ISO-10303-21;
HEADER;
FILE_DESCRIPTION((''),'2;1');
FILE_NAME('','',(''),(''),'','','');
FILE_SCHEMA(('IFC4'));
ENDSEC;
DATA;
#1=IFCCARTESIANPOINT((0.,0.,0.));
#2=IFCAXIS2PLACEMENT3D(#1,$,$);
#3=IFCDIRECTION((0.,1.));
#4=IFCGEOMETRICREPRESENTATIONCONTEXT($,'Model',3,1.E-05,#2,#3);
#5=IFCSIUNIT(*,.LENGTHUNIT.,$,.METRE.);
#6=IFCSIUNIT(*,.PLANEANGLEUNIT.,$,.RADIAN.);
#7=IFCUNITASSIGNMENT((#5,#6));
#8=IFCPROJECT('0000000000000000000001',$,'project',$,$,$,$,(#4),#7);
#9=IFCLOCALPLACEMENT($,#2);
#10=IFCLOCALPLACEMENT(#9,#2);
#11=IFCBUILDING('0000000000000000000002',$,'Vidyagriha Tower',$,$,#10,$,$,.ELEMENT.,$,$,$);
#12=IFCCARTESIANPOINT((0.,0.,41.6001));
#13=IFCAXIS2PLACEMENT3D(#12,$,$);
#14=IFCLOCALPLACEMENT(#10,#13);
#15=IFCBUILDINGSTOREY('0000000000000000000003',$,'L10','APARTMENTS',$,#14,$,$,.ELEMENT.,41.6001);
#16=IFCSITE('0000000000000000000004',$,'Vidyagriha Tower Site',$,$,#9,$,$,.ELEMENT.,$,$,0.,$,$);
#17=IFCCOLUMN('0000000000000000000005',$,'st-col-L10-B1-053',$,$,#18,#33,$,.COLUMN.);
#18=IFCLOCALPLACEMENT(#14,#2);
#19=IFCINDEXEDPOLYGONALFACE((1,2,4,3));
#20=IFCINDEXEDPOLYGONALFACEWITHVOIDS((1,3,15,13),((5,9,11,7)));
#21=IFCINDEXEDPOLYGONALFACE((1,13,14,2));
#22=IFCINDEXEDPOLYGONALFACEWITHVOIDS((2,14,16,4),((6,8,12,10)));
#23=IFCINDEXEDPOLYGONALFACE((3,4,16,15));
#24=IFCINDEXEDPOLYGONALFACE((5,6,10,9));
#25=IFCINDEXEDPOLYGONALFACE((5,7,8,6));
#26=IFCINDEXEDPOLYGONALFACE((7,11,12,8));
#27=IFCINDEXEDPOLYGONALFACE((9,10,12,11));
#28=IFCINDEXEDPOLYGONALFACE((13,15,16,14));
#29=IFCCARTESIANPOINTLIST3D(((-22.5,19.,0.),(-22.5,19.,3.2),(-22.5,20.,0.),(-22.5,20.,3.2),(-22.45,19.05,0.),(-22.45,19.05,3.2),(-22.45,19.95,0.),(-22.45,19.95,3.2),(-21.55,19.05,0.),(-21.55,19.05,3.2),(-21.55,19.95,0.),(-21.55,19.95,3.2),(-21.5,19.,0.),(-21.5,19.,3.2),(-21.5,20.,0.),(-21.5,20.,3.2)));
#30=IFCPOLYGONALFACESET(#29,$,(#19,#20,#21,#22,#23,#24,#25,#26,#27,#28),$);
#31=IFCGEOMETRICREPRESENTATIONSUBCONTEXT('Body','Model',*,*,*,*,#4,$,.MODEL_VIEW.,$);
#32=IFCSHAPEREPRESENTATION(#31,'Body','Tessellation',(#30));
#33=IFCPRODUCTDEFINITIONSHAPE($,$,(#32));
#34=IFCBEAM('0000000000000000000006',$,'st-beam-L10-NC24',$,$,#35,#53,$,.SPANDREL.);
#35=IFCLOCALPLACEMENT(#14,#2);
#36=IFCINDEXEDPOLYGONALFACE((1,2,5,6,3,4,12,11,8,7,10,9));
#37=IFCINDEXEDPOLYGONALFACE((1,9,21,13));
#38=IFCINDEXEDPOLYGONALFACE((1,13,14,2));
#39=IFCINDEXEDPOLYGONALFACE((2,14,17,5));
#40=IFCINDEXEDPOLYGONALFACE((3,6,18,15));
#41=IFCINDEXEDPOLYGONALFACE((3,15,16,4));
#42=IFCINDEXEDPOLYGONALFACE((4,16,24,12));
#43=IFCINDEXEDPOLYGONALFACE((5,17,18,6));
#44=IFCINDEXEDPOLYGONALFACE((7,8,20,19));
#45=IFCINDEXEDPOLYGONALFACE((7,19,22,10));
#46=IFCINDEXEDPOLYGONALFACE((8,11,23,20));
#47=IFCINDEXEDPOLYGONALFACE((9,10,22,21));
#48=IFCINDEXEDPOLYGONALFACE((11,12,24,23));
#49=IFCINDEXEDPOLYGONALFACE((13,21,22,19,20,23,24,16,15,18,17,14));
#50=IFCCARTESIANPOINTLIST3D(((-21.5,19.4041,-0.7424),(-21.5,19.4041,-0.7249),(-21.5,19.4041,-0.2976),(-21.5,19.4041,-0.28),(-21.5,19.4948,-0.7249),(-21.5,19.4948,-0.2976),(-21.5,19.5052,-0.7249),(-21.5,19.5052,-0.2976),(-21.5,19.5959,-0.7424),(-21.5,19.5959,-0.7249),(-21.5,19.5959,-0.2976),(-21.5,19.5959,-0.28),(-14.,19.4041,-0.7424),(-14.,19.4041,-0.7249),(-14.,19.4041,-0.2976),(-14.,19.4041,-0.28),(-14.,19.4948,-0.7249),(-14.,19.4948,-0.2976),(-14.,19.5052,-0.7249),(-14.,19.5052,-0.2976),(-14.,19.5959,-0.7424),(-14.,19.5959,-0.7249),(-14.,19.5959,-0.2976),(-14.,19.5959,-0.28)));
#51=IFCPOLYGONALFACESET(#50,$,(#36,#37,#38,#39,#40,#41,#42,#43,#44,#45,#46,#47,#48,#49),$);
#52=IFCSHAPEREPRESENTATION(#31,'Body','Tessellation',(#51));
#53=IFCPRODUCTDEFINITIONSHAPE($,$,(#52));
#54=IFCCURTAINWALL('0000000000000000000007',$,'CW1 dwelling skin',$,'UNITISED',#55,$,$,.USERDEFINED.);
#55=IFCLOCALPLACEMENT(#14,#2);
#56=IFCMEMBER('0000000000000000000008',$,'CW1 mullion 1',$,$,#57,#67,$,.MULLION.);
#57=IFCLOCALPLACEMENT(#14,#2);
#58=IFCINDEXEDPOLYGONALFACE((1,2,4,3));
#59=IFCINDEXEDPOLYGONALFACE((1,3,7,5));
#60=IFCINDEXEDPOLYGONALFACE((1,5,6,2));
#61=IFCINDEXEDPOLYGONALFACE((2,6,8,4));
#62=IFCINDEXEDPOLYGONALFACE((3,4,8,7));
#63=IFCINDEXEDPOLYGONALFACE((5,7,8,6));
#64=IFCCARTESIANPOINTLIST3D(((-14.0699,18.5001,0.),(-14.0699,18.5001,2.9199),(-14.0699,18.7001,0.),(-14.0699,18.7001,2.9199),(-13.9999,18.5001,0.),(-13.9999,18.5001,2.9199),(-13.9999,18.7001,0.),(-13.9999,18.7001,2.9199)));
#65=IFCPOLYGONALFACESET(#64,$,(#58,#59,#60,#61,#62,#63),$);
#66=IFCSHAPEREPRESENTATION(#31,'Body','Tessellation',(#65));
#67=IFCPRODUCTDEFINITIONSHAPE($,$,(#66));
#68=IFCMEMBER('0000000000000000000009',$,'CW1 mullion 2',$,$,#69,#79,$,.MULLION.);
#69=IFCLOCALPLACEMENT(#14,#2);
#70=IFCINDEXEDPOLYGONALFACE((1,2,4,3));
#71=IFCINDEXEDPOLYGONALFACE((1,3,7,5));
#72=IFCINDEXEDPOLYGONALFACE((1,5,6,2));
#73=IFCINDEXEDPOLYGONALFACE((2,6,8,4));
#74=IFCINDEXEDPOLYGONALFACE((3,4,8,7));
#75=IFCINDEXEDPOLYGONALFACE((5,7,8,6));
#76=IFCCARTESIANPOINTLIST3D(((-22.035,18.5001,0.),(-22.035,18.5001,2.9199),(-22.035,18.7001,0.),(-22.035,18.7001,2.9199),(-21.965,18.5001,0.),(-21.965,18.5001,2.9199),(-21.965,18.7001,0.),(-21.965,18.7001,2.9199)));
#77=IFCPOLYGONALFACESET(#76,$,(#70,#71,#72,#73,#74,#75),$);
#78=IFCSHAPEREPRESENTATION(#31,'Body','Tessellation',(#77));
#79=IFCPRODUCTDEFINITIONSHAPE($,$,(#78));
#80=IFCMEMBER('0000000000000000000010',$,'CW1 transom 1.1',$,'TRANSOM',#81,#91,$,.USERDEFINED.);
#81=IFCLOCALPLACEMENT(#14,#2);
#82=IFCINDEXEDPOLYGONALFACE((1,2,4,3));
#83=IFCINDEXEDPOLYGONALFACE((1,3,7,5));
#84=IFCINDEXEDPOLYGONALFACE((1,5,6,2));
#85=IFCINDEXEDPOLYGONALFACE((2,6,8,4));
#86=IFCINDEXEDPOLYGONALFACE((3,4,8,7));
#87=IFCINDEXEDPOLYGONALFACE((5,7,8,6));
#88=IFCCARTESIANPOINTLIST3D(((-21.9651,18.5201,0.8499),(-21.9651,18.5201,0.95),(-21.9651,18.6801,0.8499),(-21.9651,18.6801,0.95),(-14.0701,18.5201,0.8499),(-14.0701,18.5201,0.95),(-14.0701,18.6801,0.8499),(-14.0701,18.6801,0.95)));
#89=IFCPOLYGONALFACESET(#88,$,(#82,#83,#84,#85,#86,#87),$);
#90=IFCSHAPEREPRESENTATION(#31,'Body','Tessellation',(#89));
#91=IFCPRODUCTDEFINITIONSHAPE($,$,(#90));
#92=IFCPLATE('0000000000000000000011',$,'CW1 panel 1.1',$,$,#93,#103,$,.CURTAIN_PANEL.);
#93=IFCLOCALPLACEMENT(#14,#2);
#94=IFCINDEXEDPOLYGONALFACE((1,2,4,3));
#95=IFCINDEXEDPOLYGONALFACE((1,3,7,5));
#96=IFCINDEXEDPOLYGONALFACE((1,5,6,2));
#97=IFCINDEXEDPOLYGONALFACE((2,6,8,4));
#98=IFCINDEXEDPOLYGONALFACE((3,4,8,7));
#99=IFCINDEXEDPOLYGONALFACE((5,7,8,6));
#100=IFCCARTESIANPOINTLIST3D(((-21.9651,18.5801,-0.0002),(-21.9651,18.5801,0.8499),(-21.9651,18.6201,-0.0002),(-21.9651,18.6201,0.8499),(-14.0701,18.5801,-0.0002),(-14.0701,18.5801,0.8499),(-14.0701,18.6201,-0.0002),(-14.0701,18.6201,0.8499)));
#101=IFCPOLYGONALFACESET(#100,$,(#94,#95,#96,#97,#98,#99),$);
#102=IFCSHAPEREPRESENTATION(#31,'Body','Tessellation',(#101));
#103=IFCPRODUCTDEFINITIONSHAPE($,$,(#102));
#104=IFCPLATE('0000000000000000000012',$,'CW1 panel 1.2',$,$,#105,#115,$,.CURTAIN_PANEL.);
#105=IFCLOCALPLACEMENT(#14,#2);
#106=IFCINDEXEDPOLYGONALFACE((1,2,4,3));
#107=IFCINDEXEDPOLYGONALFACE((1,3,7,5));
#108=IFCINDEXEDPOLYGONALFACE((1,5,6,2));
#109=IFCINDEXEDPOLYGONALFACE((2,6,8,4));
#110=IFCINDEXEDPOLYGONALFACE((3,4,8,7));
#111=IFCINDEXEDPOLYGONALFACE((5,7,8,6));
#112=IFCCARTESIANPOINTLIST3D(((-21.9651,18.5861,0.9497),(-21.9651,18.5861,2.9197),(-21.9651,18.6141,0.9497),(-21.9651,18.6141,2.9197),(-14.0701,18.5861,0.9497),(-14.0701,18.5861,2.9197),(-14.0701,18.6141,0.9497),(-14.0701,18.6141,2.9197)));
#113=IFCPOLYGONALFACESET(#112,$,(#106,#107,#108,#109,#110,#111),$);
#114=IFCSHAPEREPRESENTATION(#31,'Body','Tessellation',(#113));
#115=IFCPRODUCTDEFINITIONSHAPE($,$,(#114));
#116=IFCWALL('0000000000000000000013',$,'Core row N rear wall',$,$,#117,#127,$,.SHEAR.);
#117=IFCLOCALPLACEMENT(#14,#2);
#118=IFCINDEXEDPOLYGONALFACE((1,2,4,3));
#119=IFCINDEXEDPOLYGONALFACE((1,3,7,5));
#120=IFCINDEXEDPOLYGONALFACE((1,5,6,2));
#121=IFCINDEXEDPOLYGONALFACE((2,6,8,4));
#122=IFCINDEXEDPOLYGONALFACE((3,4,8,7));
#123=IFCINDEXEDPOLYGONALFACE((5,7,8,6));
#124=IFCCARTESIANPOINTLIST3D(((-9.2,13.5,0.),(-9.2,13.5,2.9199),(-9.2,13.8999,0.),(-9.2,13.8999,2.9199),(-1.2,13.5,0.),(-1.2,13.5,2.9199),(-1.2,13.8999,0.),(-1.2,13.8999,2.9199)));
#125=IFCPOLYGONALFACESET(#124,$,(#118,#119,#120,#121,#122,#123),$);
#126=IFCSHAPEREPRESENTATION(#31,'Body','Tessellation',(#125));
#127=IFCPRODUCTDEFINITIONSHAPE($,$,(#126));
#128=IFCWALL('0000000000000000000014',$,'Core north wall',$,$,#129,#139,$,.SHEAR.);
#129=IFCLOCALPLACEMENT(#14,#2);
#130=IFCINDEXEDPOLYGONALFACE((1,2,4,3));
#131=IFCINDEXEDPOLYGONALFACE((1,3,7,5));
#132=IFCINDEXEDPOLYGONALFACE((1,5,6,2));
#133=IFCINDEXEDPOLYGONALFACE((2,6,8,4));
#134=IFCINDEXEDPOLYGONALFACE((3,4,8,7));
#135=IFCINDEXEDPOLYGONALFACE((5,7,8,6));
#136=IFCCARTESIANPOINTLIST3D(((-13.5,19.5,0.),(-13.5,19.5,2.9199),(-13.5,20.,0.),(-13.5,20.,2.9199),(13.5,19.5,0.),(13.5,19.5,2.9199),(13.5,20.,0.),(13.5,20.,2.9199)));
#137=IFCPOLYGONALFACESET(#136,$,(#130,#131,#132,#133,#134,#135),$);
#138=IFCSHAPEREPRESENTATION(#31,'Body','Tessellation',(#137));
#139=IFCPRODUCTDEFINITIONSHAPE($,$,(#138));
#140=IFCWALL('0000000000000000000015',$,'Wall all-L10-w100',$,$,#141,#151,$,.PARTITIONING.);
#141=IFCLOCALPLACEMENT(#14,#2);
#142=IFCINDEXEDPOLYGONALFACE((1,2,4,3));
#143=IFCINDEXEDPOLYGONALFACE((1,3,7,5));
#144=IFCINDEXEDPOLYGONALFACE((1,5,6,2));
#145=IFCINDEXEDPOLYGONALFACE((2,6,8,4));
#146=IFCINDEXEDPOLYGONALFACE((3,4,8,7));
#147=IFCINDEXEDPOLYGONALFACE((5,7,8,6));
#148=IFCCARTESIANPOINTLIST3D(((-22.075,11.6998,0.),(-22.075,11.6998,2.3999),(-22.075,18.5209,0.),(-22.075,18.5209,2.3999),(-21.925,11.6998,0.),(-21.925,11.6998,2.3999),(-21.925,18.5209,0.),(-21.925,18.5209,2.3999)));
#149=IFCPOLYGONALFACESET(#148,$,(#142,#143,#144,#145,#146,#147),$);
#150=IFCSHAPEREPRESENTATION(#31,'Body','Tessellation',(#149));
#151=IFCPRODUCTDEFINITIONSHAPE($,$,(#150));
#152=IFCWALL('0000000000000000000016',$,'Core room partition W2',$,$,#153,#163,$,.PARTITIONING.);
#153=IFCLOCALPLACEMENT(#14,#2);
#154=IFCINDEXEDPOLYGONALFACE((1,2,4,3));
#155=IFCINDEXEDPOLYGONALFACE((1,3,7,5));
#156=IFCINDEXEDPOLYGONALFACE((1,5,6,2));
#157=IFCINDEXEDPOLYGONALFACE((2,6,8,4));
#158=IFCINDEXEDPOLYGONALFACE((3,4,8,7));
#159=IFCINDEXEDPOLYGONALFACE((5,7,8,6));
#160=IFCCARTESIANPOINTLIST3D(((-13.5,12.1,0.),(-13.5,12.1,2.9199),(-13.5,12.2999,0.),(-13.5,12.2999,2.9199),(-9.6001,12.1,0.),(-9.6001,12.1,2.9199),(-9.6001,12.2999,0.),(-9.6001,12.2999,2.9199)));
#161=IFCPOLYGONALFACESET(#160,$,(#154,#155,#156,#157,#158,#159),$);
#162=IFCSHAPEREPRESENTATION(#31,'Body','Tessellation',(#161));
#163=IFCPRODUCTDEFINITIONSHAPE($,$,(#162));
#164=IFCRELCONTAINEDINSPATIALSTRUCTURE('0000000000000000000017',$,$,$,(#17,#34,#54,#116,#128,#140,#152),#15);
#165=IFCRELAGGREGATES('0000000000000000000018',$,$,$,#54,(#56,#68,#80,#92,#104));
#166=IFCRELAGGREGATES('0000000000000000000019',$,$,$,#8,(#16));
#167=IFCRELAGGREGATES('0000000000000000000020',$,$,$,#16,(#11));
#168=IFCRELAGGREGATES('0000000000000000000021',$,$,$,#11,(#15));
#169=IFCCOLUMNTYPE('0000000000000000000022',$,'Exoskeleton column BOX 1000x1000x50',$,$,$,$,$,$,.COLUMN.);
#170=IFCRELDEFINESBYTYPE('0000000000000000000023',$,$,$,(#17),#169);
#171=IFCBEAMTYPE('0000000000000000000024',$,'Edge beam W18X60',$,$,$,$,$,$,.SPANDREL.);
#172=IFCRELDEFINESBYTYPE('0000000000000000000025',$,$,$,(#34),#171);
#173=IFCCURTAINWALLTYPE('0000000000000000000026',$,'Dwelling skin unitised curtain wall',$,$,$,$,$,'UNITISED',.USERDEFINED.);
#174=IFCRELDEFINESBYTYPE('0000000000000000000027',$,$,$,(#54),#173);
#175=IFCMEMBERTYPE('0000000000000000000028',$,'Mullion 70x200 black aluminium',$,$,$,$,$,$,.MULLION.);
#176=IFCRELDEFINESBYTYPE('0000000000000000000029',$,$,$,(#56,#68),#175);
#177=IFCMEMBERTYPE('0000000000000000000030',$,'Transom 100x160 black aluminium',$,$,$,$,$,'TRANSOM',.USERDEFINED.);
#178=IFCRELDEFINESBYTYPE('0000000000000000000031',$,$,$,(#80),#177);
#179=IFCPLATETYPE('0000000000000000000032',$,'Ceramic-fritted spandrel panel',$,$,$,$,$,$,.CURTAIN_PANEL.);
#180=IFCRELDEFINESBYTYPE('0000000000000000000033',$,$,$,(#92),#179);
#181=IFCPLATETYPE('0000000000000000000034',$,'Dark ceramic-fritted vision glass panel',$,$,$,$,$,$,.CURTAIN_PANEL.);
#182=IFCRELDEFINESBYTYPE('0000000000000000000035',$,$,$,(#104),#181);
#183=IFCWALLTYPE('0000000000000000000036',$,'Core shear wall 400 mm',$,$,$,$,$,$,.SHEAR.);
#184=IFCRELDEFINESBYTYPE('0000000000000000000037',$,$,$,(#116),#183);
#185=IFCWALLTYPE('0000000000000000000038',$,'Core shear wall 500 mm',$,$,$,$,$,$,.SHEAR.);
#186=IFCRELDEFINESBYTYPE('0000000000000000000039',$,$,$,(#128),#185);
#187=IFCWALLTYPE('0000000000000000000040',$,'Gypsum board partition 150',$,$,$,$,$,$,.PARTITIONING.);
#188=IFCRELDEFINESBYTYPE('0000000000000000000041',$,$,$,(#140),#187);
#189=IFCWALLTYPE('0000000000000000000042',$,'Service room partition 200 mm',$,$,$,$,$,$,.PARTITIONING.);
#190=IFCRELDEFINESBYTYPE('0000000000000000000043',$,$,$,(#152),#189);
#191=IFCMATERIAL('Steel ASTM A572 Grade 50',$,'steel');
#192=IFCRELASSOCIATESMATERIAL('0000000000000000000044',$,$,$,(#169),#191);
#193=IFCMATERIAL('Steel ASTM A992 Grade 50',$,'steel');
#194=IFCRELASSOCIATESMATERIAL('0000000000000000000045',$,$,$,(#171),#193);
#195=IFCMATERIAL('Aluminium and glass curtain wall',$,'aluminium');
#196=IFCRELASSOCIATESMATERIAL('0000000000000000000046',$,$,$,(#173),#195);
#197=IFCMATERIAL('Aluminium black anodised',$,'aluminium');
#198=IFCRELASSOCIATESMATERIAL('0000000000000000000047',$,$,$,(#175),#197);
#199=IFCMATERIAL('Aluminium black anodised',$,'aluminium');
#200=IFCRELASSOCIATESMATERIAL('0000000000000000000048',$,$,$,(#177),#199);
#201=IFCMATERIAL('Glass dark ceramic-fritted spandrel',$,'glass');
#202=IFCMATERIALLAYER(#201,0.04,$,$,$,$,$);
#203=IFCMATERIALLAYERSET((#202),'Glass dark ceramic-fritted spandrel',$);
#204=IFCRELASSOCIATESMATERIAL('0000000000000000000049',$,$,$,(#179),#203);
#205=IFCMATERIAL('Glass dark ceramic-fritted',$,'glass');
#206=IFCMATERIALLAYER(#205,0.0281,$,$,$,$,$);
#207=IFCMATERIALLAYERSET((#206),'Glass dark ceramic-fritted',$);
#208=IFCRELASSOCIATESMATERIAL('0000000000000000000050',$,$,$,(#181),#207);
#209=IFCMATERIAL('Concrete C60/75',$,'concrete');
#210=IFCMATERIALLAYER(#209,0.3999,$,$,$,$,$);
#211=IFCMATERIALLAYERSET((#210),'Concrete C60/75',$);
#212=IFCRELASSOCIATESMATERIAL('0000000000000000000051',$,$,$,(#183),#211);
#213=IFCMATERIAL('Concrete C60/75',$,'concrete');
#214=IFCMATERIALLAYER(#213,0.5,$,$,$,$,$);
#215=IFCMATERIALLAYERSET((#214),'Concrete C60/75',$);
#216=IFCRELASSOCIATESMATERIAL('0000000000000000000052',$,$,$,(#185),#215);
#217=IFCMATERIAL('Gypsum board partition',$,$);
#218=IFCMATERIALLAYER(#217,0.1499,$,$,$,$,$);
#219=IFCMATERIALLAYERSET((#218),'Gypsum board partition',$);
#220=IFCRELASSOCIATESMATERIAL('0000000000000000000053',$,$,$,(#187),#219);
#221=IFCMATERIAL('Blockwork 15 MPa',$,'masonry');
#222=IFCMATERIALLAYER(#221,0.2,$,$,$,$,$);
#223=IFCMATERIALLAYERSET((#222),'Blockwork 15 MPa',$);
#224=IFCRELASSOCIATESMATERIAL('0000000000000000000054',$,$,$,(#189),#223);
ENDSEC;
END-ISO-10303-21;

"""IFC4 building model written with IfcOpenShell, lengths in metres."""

from ifc_helpers import new_model, si_unit, direction, frame, frame_2d, origin, origin_2d, place, context, subcontext, project, spatial, rectangle, hollow_rectangle, i_section, extrude, material, layer, layer_set, material_profile, profile_set, type_object, element, aggregate, save


model = new_model("IFC4")

# Units and contexts
model_context = context("Model", 3, precision=1e-05, world=origin(), true_north=direction((0.0, 1.0)))
body_context = subcontext(model_context, "Body", "Model", "MODEL_VIEW")
ifc_project = project(units=[si_unit("LENGTHUNIT", "METRE"), si_unit("PLANEANGLEUNIT", "RADIAN")], contexts=[model_context])

# Site, building, storey
site_placement = place(None, origin())
site = spatial("IfcSite", under=ifc_project, at=site_placement, Name="Vidyagriha Tower Site", CompositionType="ELEMENT", RefElevation=0.0)
building_placement = place(site_placement, origin())
building = spatial("IfcBuilding", under=site, at=building_placement, Name="Vidyagriha Tower", CompositionType="ELEMENT")
storey_placement = place(building_placement, frame((0.0, 0.0, 41.6001)))
storey = spatial("IfcBuildingStorey", under=building, at=storey_placement, Name="L10", Description="APARTMENTS", CompositionType="ELEMENT", Elevation=41.6001)

# Column
ifc_material_1 = material(Name="Steel ASTM A572 Grade 50", Category="steel")
ifc_material_profile_1 = material_profile(ifc_material_1, hollow_rectangle(XDim=1.0, YDim=1.0, WallThickness=0.05, at=origin_2d()), Name="BOX 1000x1000x50")
ifc_profile_set_1 = profile_set([ifc_material_profile_1], Name="Steel ASTM A572 Grade 50")
column_type = type_object("IfcColumnType", Name="Exoskeleton column BOX 1000x1000x50", PredefinedType="COLUMN", material=ifc_profile_set_1)
column_placement = place(storey_placement, frame((-22.0, 19.5, 0.0)))
element("IfcColumn", 1, at=column_placement, inside=storey, type_object=column_type, Name="st-col-L10-B1-053", PredefinedType="COLUMN", context=body_context, shape_type="SweptSolid", body=[
    extrude(hollow_rectangle(XDim=1.0, YDim=1.0, WallThickness=0.05, at=origin_2d()), origin(), (0.0, 0.0, 1.0), 3.2),
])

# Beam
ifc_material_2 = material(Name="Steel ASTM A992 Grade 50", Category="steel")
ifc_material_profile_2 = material_profile(ifc_material_2, i_section(OverallWidth=0.1919, OverallDepth=0.4624, WebThickness=0.0105, FlangeThickness=0.0176, at=origin_2d()), Name="W18X60")
ifc_profile_set_2 = profile_set([ifc_material_profile_2], Name="Steel ASTM A992 Grade 50")
beam_type = type_object("IfcBeamType", Name="Edge beam W18X60", PredefinedType="SPANDREL", material=ifc_profile_set_2)
beam_placement = place(storey_placement, frame((-21.5, 19.5, -0.5112), z_axis=(1.0, 0.0, 0.0), x_axis=(0.0, 1.0, 0.0)))
element("IfcBeam", 2, at=beam_placement, inside=storey, type_object=beam_type, Name="st-beam-L10-NC24", PredefinedType="SPANDREL", context=body_context, shape_type="SweptSolid", body=[
    extrude(i_section(OverallWidth=0.1919, OverallDepth=0.4624, WebThickness=0.0105, FlangeThickness=0.0176, at=origin_2d()), origin(), (0.0, 0.0, 1.0), 7.5),
])

# Curtain wall, members, plates
ifc_material_3 = material(Name="Aluminium and glass curtain wall", Category="aluminium")
curtain_wall_type = type_object("IfcCurtainWallType", Name="Dwelling skin unitised curtain wall", ElementType="UNITISED", PredefinedType="USERDEFINED", material=ifc_material_3)
curtain_wall_placement = place(storey_placement, origin())
curtain_wall = element("IfcCurtainWall", 3, at=curtain_wall_placement, inside=storey, type_object=curtain_wall_type, Name="CW1 dwelling skin", ObjectType="UNITISED", PredefinedType="USERDEFINED")
ifc_material_4 = material(Name="Aluminium black anodised", Category="aluminium")
ifc_material_profile_3 = material_profile(ifc_material_4, rectangle(XDim=0.2, YDim=0.0701, at=origin_2d()), Name="Mullion 70x200 black aluminium")
ifc_profile_set_3 = profile_set([ifc_material_profile_3], Name="Aluminium black anodised")
member_type_1 = type_object("IfcMemberType", Name="Mullion 70x200 black aluminium", PredefinedType="MULLION", material=ifc_profile_set_3)
member_1_placement = place(storey_placement, frame((-14.0349, 18.6001, 0.0), z_axis=(0.0, 0.0, 1.0), x_axis=(0.0, -1.0, 0.0)))
member_1 = element("IfcMember", 4, at=member_1_placement, type_object=member_type_1, Name="CW1 mullion 1", PredefinedType="MULLION", context=body_context, shape_type="SweptSolid", body=[
    extrude(rectangle(XDim=0.2, YDim=0.0701, at=origin_2d()), origin(), (0.0, 0.0, 1.0), 2.9199),
])
member_2_placement = place(storey_placement, frame((-22.0, 18.6001, 0.0), z_axis=(0.0, 0.0, 1.0), x_axis=(0.0, -1.0, 0.0)))
member_2 = element("IfcMember", 5, at=member_2_placement, type_object=member_type_1, Name="CW1 mullion 2", PredefinedType="MULLION", context=body_context, shape_type="SweptSolid", body=[
    extrude(rectangle(XDim=0.2, YDim=0.0701, at=origin_2d()), origin(), (0.0, 0.0, 1.0), 2.9199),
])
ifc_material_5 = material(Name="Aluminium black anodised", Category="aluminium")
ifc_material_profile_4 = material_profile(ifc_material_5, rectangle(XDim=0.1599, YDim=0.1001, at=origin_2d()), Name="Transom 100x160 black aluminium")
ifc_profile_set_4 = profile_set([ifc_material_profile_4], Name="Aluminium black anodised")
member_type_2 = type_object("IfcMemberType", Name="Transom 100x160 black aluminium", ElementType="TRANSOM", PredefinedType="USERDEFINED", material=ifc_profile_set_4)
member_3_placement = place(storey_placement, frame((-14.0701, 18.6001, 0.8999), z_axis=(-1.0, 0.0, 0.0), x_axis=(0.0, -1.0, 0.0)))
member_3 = element("IfcMember", 6, at=member_3_placement, type_object=member_type_2, Name="CW1 transom 1.1", ObjectType="TRANSOM", PredefinedType="USERDEFINED", context=body_context, shape_type="SweptSolid", body=[
    extrude(rectangle(XDim=0.1599, YDim=0.1001, at=origin_2d()), origin(), (0.0, 0.0, 1.0), 7.895),
])
ifc_material_6 = material(Name="Glass dark ceramic-fritted spandrel", Category="glass")
ifc_layer_1 = layer(ifc_material_6, 0.04)
ifc_layer_set_1 = layer_set([ifc_layer_1], Name="Glass dark ceramic-fritted spandrel")
plate_type_1 = type_object("IfcPlateType", Name="Ceramic-fritted spandrel panel", PredefinedType="CURTAIN_PANEL", material=ifc_layer_set_1)
plate_1_placement = place(storey_placement, frame((-18.0176, 18.6001, -0.0002), z_axis=(0.0, 0.0, 1.0), x_axis=(-1.0, 0.0, 0.0)))
plate_1 = element("IfcPlate", 7, at=plate_1_placement, type_object=plate_type_1, Name="CW1 panel 1.1", PredefinedType="CURTAIN_PANEL", context=body_context, shape_type="SweptSolid", body=[
    extrude(rectangle(XDim=7.895, YDim=0.04, at=origin_2d()), origin(), (0.0, 0.0, 1.0), 0.8501),
])
ifc_material_7 = material(Name="Glass dark ceramic-fritted", Category="glass")
ifc_layer_2 = layer(ifc_material_7, 0.0281)
ifc_layer_set_2 = layer_set([ifc_layer_2], Name="Glass dark ceramic-fritted")
plate_type_2 = type_object("IfcPlateType", Name="Dark ceramic-fritted vision glass panel", PredefinedType="CURTAIN_PANEL", material=ifc_layer_set_2)
plate_2_placement = place(storey_placement, frame((-18.0176, 18.6001, 0.9497), z_axis=(0.0, 0.0, 1.0), x_axis=(-1.0, 0.0, 0.0)))
plate_2 = element("IfcPlate", 8, at=plate_2_placement, type_object=plate_type_2, Name="CW1 panel 1.2", PredefinedType="CURTAIN_PANEL", context=body_context, shape_type="SweptSolid", body=[
    extrude(rectangle(XDim=7.895, YDim=0.0281, at=origin_2d()), origin(), (0.0, 0.0, 1.0), 1.97),
])
aggregate(curtain_wall, [member_1, member_2, member_3, plate_1, plate_2])

# Walls
ifc_material_8 = material(Name="Concrete C60/75", Category="concrete")
ifc_layer_3 = layer(ifc_material_8, 0.3999)
ifc_layer_set_3 = layer_set([ifc_layer_3], Name="Concrete C60/75")
wall_type_1 = type_object("IfcWallType", Name="Core shear wall 400 mm", PredefinedType="SHEAR", material=ifc_layer_set_3)
wall_1_placement = place(storey_placement, frame((-9.2, 13.7, 0.0)))
element("IfcWall", 9, at=wall_1_placement, inside=storey, type_object=wall_type_1, Name="Core row N rear wall", PredefinedType="SHEAR", context=body_context, shape_type="SweptSolid", body=[
    extrude(rectangle(XDim=8.0, YDim=0.3999, at=frame_2d((4.0, 0.0))), origin(), (0.0, 0.0, 1.0), 2.9199),
])
ifc_material_9 = material(Name="Concrete C60/75", Category="concrete")
ifc_layer_4 = layer(ifc_material_9, 0.5)
ifc_layer_set_4 = layer_set([ifc_layer_4], Name="Concrete C60/75")
wall_type_2 = type_object("IfcWallType", Name="Core shear wall 500 mm", PredefinedType="SHEAR", material=ifc_layer_set_4)
wall_2_placement = place(storey_placement, frame((-13.5, 19.75, 0.0)))
element("IfcWall", 10, at=wall_2_placement, inside=storey, type_object=wall_type_2, Name="Core north wall", PredefinedType="SHEAR", context=body_context, shape_type="SweptSolid", body=[
    extrude(rectangle(XDim=27.0, YDim=0.5, at=frame_2d((13.5, 0.0))), origin(), (0.0, 0.0, 1.0), 2.9199),
])
ifc_material_10 = material(Name="Gypsum board partition")
ifc_layer_5 = layer(ifc_material_10, 0.1499)
ifc_layer_set_5 = layer_set([ifc_layer_5], Name="Gypsum board partition")
wall_type_3 = type_object("IfcWallType", Name="Gypsum board partition 150", PredefinedType="PARTITIONING", material=ifc_layer_set_5)
wall_3_placement = place(storey_placement, frame((-22.0, 18.521, 0.0), z_axis=(0.0, 0.0, 1.0), x_axis=(0.0, -1.0, 0.0)))
element("IfcWall", 11, at=wall_3_placement, inside=storey, type_object=wall_type_3, Name="Wall all-L10-w100", PredefinedType="PARTITIONING", context=body_context, shape_type="SweptSolid", body=[
    extrude(rectangle(XDim=6.821, YDim=0.1499, at=frame_2d((3.4106, 0.0))), origin(), (0.0, 0.0, 1.0), 2.3999),
])
ifc_material_11 = material(Name="Blockwork 15 MPa", Category="masonry")
ifc_layer_6 = layer(ifc_material_11, 0.2)
ifc_layer_set_6 = layer_set([ifc_layer_6], Name="Blockwork 15 MPa")
wall_type_4 = type_object("IfcWallType", Name="Service room partition 200 mm", PredefinedType="PARTITIONING", material=ifc_layer_set_6)
wall_4_placement = place(storey_placement, frame((-13.5, 12.2, 0.0)))
element("IfcWall", 12, at=wall_4_placement, inside=storey, type_object=wall_type_4, Name="Core room partition W2", PredefinedType="PARTITIONING", context=body_context, shape_type="SweptSolid", body=[
    extrude(rectangle(XDim=3.8999, YDim=0.2, at=frame_2d((1.95, 0.0))), origin(), (0.0, 0.0, 1.0), 2.9199),
])

save(model, "model.ifc")
